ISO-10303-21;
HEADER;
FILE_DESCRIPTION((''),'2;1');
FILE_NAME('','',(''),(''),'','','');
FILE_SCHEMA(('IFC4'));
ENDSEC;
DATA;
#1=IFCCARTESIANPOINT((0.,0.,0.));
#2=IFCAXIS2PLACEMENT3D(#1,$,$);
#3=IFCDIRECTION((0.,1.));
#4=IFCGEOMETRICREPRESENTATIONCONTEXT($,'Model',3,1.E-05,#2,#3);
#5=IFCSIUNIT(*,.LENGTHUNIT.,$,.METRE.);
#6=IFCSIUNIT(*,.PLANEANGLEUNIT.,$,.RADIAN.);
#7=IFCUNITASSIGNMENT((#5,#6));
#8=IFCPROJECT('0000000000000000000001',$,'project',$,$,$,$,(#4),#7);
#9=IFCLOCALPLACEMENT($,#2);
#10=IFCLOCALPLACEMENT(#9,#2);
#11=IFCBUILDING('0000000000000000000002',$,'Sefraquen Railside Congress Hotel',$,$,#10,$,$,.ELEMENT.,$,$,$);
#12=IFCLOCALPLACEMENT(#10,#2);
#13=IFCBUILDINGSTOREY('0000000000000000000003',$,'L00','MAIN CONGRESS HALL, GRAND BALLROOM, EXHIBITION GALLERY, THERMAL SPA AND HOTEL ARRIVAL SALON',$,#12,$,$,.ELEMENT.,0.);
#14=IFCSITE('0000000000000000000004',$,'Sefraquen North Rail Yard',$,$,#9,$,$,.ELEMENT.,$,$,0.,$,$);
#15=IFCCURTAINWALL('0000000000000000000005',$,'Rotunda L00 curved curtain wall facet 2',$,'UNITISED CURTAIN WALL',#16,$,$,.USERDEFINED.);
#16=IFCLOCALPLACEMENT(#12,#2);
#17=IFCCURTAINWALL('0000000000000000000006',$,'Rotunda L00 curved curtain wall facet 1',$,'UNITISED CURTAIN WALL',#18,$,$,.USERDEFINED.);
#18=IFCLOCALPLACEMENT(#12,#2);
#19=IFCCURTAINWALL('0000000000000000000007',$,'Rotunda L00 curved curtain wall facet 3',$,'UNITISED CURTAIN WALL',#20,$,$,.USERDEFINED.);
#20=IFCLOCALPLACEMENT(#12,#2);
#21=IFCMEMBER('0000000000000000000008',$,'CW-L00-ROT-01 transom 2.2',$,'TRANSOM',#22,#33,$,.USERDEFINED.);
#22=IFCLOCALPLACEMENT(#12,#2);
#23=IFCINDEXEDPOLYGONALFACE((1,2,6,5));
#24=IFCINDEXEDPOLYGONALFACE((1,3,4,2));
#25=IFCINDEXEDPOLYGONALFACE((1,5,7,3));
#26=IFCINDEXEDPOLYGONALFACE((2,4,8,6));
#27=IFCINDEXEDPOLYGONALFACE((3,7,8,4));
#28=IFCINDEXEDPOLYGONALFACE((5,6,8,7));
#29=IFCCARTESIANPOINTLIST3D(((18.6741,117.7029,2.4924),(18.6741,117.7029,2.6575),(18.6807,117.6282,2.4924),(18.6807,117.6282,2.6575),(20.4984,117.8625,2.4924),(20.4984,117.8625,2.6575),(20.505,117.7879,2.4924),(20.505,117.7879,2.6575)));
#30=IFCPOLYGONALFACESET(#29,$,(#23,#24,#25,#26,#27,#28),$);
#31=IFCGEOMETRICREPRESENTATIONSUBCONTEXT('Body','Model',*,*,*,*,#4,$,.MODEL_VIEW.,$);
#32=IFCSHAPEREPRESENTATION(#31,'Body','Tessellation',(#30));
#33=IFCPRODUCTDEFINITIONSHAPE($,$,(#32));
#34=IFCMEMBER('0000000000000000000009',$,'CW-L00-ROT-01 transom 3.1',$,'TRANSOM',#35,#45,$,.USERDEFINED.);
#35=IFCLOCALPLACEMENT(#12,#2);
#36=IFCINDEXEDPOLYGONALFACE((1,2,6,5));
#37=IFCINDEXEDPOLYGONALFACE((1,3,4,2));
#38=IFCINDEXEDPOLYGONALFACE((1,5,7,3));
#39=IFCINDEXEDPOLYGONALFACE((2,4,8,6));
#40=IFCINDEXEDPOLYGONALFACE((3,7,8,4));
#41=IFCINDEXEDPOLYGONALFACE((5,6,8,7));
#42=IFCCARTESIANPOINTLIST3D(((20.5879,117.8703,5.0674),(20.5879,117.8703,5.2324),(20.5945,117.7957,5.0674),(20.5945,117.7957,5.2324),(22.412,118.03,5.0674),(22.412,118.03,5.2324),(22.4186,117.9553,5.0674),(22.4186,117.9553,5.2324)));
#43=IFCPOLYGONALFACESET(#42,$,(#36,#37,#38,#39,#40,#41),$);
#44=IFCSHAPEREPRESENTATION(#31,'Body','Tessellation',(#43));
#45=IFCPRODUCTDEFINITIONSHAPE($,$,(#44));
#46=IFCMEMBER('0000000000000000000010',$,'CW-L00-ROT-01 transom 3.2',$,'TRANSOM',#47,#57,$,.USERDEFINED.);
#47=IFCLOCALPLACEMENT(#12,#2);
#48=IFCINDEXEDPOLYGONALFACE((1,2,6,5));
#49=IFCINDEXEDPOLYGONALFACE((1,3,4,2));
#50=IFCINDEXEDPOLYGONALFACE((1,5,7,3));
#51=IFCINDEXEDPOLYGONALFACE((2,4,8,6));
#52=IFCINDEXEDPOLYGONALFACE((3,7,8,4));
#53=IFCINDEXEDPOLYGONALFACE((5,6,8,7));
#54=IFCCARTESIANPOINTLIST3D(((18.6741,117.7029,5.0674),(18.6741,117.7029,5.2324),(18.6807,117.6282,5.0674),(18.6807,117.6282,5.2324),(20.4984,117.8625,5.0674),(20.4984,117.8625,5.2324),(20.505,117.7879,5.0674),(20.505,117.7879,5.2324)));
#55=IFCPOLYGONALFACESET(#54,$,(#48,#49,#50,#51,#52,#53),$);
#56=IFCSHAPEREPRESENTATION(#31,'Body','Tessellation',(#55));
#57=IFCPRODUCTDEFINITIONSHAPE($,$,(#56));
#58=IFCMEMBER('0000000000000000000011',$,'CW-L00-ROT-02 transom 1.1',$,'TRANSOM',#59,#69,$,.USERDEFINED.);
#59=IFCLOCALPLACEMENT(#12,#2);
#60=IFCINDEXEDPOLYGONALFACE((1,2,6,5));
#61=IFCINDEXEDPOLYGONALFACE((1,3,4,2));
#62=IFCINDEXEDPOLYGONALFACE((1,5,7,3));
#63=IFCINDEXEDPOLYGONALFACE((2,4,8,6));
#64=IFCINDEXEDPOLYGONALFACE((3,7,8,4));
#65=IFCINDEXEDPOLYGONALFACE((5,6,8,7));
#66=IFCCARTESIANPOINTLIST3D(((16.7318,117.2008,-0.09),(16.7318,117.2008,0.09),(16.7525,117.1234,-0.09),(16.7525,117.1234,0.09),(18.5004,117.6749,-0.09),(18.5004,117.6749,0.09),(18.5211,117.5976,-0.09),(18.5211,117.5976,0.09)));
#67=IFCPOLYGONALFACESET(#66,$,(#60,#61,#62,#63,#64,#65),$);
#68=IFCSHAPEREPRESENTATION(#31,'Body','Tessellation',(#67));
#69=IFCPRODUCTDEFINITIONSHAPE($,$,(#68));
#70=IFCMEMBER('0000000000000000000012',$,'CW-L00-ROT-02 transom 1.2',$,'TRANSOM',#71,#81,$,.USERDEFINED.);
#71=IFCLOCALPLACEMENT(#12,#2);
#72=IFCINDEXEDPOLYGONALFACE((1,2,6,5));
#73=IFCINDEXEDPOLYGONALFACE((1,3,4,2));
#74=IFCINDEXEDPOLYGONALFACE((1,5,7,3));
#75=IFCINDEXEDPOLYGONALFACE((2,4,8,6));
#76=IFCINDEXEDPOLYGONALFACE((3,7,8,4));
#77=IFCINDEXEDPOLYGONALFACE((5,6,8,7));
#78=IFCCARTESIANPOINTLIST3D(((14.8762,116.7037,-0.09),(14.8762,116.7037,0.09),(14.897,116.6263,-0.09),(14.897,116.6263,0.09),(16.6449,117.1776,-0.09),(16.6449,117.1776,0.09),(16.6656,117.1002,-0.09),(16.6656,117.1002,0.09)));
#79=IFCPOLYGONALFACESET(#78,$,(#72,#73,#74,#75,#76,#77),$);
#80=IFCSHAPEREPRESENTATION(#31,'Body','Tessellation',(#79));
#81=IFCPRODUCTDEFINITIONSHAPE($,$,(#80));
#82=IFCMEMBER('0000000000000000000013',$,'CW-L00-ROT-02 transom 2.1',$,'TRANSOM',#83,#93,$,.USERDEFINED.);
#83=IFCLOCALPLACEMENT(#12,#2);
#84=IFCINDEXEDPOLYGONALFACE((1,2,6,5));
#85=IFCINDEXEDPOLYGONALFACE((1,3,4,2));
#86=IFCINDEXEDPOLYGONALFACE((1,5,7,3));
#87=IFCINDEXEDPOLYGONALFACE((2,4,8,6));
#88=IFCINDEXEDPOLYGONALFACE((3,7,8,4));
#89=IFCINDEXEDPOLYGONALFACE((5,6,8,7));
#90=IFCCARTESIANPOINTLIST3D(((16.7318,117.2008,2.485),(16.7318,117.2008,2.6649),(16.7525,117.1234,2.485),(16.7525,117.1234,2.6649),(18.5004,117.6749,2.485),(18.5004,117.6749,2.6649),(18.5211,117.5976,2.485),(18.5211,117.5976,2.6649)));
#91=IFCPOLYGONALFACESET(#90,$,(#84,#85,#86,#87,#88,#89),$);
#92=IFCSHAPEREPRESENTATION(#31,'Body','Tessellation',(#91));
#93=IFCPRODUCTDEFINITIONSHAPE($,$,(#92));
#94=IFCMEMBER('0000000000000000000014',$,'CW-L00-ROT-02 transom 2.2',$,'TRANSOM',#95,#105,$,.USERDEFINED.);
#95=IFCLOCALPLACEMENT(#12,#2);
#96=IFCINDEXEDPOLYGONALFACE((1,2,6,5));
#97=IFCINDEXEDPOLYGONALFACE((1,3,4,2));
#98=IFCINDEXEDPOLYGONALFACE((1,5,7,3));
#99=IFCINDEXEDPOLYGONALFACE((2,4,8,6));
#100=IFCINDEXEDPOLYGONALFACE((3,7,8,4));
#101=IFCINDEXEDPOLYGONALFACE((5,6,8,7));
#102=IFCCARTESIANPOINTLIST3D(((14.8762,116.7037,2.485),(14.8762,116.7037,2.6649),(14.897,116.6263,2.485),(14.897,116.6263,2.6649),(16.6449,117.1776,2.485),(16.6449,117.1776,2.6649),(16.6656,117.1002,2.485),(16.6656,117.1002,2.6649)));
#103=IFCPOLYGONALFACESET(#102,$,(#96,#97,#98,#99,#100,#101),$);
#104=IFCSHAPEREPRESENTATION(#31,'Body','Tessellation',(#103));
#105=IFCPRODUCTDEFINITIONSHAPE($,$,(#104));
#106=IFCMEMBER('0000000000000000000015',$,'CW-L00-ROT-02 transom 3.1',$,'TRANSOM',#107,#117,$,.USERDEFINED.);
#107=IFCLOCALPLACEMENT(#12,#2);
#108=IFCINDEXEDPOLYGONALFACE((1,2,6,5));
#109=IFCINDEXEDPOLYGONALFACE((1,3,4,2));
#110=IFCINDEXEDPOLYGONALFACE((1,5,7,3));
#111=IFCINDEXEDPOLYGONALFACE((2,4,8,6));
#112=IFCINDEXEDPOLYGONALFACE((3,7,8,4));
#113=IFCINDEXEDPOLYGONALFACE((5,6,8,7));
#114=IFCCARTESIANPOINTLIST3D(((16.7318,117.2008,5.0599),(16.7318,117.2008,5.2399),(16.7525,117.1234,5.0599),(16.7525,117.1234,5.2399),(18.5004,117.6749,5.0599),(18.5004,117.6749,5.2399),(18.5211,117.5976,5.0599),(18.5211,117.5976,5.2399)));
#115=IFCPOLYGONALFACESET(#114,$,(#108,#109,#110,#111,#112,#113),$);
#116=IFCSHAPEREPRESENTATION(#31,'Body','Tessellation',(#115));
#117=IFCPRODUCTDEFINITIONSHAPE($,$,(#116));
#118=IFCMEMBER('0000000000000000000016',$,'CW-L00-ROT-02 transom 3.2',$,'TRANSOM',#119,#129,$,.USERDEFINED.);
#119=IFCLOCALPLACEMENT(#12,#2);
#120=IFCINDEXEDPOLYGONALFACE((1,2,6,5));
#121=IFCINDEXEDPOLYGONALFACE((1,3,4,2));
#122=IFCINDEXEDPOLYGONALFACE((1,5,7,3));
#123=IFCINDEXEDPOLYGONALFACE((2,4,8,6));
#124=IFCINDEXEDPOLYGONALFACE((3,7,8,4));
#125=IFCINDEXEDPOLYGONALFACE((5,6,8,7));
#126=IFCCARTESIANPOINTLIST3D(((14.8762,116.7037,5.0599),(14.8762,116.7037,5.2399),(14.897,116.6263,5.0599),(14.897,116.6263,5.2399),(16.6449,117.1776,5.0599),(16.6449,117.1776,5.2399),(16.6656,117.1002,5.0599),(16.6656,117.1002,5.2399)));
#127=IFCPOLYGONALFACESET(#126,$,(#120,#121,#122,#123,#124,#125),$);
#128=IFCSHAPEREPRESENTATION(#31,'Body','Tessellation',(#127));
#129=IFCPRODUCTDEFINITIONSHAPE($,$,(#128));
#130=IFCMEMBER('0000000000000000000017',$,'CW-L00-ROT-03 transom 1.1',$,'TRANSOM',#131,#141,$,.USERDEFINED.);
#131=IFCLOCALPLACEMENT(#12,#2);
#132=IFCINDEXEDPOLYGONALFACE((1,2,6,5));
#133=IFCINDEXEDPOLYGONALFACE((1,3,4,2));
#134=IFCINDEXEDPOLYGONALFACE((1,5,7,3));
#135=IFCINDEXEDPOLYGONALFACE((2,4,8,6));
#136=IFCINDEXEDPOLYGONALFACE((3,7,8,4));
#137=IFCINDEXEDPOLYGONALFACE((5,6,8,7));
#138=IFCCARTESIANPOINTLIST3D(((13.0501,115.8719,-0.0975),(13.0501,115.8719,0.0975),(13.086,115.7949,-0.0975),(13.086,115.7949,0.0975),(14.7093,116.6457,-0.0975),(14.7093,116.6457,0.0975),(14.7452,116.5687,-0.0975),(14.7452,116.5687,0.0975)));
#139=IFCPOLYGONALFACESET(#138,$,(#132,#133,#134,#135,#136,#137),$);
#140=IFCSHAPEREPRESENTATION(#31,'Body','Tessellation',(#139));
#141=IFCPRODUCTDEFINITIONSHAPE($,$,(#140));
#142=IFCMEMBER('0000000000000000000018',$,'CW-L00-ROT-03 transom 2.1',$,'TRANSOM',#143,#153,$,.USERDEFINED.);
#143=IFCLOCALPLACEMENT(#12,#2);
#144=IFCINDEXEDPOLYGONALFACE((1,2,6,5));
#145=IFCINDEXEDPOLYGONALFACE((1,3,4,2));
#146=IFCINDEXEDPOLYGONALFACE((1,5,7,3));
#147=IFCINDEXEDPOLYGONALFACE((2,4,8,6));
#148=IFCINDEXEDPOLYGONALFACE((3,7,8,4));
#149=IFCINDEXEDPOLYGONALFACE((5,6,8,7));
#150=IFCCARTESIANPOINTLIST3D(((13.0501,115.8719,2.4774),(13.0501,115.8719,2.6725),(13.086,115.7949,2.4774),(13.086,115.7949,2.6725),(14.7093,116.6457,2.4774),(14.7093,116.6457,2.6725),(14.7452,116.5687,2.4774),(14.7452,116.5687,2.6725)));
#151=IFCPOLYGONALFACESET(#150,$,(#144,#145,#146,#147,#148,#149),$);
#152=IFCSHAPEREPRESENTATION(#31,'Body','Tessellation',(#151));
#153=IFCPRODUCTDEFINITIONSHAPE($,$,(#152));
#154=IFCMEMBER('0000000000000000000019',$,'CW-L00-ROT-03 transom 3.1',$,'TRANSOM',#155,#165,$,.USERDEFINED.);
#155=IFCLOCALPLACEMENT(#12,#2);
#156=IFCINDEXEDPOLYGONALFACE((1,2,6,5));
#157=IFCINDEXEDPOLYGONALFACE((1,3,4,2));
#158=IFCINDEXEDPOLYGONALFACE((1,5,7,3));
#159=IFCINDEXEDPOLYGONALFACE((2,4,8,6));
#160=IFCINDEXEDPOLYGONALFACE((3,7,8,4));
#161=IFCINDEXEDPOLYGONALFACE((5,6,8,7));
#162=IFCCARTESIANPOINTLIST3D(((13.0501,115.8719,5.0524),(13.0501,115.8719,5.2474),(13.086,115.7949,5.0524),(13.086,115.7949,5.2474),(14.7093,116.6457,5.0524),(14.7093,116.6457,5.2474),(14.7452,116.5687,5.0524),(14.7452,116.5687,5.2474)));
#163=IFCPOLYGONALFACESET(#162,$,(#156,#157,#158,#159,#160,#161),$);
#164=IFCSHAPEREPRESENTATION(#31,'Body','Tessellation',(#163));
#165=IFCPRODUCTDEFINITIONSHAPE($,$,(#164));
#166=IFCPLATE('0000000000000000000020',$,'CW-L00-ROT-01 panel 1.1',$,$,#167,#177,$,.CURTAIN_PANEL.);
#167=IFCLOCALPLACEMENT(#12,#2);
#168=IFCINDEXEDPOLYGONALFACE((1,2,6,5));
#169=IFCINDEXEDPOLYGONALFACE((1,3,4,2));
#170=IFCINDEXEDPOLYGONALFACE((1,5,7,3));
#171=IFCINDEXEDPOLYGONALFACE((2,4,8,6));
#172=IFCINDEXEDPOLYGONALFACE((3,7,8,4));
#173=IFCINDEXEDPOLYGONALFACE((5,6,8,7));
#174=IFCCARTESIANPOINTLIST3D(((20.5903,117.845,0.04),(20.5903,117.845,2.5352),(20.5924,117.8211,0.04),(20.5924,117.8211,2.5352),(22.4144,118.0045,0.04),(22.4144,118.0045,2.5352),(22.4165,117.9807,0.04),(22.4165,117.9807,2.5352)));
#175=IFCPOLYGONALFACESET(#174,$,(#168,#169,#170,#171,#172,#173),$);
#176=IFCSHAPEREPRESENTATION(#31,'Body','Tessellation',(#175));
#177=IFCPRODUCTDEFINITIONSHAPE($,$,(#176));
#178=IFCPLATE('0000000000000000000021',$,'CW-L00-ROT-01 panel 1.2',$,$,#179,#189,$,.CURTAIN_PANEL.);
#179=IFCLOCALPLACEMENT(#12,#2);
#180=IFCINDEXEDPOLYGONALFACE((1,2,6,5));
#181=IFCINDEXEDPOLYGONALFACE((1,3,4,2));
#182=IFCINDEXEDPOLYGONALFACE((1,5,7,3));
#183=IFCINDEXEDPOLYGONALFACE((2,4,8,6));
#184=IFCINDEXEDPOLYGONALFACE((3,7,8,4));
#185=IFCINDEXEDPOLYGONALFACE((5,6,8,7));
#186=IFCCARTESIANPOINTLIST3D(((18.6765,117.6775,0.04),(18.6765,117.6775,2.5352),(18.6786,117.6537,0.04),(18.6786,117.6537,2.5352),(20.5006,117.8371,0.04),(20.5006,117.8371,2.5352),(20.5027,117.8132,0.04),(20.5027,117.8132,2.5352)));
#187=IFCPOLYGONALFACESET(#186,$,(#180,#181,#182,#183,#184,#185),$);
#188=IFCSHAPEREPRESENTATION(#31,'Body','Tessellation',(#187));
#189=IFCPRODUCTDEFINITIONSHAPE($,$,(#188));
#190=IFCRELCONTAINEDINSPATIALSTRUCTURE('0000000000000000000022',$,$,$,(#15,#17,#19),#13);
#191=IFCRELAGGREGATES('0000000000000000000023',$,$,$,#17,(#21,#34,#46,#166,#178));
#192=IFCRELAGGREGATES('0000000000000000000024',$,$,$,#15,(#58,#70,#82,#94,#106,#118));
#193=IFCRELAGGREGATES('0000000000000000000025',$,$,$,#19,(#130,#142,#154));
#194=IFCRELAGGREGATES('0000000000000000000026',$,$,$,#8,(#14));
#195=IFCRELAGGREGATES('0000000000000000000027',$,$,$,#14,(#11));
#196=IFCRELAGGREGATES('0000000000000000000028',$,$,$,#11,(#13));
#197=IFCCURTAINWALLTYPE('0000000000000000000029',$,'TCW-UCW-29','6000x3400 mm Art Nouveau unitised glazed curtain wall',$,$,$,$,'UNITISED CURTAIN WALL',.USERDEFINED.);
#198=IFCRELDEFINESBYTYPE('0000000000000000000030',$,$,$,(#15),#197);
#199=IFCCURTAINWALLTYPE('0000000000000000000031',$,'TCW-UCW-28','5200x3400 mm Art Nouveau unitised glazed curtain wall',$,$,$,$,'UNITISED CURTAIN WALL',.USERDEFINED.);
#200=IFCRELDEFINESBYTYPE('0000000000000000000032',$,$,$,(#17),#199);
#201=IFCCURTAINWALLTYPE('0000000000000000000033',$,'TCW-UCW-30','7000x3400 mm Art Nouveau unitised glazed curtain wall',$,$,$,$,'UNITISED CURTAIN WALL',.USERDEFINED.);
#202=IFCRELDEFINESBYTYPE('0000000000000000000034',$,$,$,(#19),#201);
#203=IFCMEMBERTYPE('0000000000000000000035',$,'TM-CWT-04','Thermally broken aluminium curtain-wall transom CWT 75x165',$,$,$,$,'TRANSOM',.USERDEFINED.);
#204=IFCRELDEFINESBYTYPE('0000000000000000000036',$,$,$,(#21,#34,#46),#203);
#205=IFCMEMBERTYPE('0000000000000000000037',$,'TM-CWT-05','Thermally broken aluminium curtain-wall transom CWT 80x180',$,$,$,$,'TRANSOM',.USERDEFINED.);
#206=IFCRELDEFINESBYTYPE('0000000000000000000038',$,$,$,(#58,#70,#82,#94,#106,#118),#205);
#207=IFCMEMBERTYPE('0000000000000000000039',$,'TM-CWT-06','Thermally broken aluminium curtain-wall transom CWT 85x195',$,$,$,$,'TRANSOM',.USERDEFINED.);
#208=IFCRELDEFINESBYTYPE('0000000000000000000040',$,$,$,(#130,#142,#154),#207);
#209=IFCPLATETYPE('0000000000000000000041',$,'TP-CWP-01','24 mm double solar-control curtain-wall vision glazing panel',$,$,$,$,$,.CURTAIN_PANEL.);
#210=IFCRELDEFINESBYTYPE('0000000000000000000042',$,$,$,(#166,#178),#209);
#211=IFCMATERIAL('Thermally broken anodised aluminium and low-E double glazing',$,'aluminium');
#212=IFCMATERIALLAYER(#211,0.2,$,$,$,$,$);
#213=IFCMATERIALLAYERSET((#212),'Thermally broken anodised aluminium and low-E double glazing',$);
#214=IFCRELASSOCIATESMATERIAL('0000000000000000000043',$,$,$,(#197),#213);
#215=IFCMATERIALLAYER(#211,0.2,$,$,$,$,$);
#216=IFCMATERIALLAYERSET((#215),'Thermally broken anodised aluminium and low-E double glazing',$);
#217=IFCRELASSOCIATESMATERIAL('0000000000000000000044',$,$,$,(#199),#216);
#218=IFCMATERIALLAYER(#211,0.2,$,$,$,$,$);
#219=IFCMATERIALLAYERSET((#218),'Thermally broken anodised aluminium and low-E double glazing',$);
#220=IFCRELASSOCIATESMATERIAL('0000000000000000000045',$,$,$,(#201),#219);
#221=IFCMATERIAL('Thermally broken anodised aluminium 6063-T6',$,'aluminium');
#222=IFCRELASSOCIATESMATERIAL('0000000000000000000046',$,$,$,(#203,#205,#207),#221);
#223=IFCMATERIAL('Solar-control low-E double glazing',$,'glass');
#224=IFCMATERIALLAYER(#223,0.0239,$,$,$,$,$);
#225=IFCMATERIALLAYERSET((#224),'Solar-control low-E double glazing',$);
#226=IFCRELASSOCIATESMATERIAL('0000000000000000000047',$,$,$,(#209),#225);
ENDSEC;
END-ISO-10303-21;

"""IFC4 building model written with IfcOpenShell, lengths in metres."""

from ifc_helpers import new_model, si_unit, direction, frame, origin, origin_2d, place, context, subcontext, project, spatial, rectangle, extrude, material, layer, layer_set, material_profile, profile_set, type_object, element, aggregate, save


model = new_model("IFC4")

# Units and contexts
model_context = context("Model", 3, precision=1e-05, world=origin(), true_north=direction((0.0, 1.0)))
body_context = subcontext(model_context, "Body", "Model", "MODEL_VIEW")
ifc_project = project(units=[si_unit("LENGTHUNIT", "METRE"), si_unit("PLANEANGLEUNIT", "RADIAN")], contexts=[model_context])

# Site, building, storey
site_placement = place(None, origin())
site = spatial("IfcSite", under=ifc_project, at=site_placement, Name="Sefraquen North Rail Yard", CompositionType="ELEMENT", RefElevation=0.0)
building_placement = place(site_placement, origin())
building = spatial("IfcBuilding", under=site, at=building_placement, Name="Sefraquen Railside Congress Hotel", CompositionType="ELEMENT")
storey_placement = place(building_placement, origin())
storey = spatial("IfcBuildingStorey", under=building, at=storey_placement, Name="L00", Description="MAIN CONGRESS HALL, GRAND BALLROOM, EXHIBITION GALLERY, THERMAL SPA AND HOTEL ARRIVAL SALON", CompositionType="ELEMENT", Elevation=0.0)

# Curtain wall
ifc_material_1 = material(Name="Thermally broken anodised aluminium and low-E double glazing", Category="aluminium")
ifc_layer_1 = layer(ifc_material_1, 0.2)
ifc_layer_set_1 = layer_set([ifc_layer_1], Name="Thermally broken anodised aluminium and low-E double glazing")
curtain_wall_type_1 = type_object("IfcCurtainWallType", Name="TCW-UCW-29", Description="6000x3400 mm Art Nouveau unitised glazed curtain wall", ElementType="UNITISED CURTAIN WALL", PredefinedType="USERDEFINED", material=ifc_layer_set_1)
curtain_wall_1_placement = place(storey_placement, origin())
curtain_wall_1 = element("IfcCurtainWall", 1, at=curtain_wall_1_placement, inside=storey, type_object=curtain_wall_type_1, Name="Rotunda L00 curved curtain wall facet 2", ObjectType="UNITISED CURTAIN WALL", PredefinedType="USERDEFINED")
ifc_material_2 = material(Name="Thermally broken anodised aluminium 6063-T6", Category="aluminium")

# Curtain wall
ifc_layer_2 = layer(ifc_material_1, 0.2)
ifc_layer_set_2 = layer_set([ifc_layer_2], Name="Thermally broken anodised aluminium and low-E double glazing")
curtain_wall_type_2 = type_object("IfcCurtainWallType", Name="TCW-UCW-28", Description="5200x3400 mm Art Nouveau unitised glazed curtain wall", ElementType="UNITISED CURTAIN WALL", PredefinedType="USERDEFINED", material=ifc_layer_set_2)
curtain_wall_2_placement = place(storey_placement, origin())
curtain_wall_2 = element("IfcCurtainWall", 2, at=curtain_wall_2_placement, inside=storey, type_object=curtain_wall_type_2, Name="Rotunda L00 curved curtain wall facet 1", ObjectType="UNITISED CURTAIN WALL", PredefinedType="USERDEFINED")

# Curtain wall
ifc_layer_3 = layer(ifc_material_1, 0.2)
ifc_layer_set_3 = layer_set([ifc_layer_3], Name="Thermally broken anodised aluminium and low-E double glazing")
curtain_wall_type_3 = type_object("IfcCurtainWallType", Name="TCW-UCW-30", Description="7000x3400 mm Art Nouveau unitised glazed curtain wall", ElementType="UNITISED CURTAIN WALL", PredefinedType="USERDEFINED", material=ifc_layer_set_3)
curtain_wall_3_placement = place(storey_placement, origin())
curtain_wall_3 = element("IfcCurtainWall", 3, at=curtain_wall_3_placement, inside=storey, type_object=curtain_wall_type_3, Name="Rotunda L00 curved curtain wall facet 3", ObjectType="UNITISED CURTAIN WALL", PredefinedType="USERDEFINED")

# Members
ifc_material_profile_1 = material_profile(ifc_material_2, rectangle(XDim=0.075, YDim=0.165, at=origin_2d()), Name="CWT 75x165")
ifc_profile_set_1 = profile_set([ifc_material_profile_1], Name="Thermally broken anodised aluminium 6063-T6")
member_type_1 = type_object("IfcMemberType", Name="TM-CWT-04", Description="Thermally broken aluminium curtain-wall transom CWT 75x165", ElementType="TRANSOM", PredefinedType="USERDEFINED", material=ifc_profile_set_1)
member_1_placement = place(storey_placement, frame((20.5017, 117.8252, 2.575), z_axis=(-0.996191, -0.087193, 0.0), x_axis=(0.087193, -0.996191, 0.0)))
member_1 = element("IfcMember", 4, at=member_1_placement, type_object=member_type_1, Name="CW-L00-ROT-01 transom 2.2", ObjectType="TRANSOM", PredefinedType="USERDEFINED", context=body_context, shape_type="SweptSolid", body=[
    extrude(rectangle(XDim=0.075, YDim=0.165, at=origin_2d()), origin(), (0.0, 0.0, 1.0), 1.8313),
])
member_2_placement = place(storey_placement, frame((22.4153, 117.9927, 5.1499), z_axis=(-0.99619, -0.087205, 0.0), x_axis=(0.087205, -0.99619, 0.0)))
member_2 = element("IfcMember", 5, at=member_2_placement, type_object=member_type_1, Name="CW-L00-ROT-01 transom 3.1", ObjectType="TRANSOM", PredefinedType="USERDEFINED", context=body_context, shape_type="SweptSolid", body=[
    extrude(rectangle(XDim=0.075, YDim=0.165, at=origin_2d()), origin(), (0.0, 0.0, 1.0), 1.8311),
])
member_3_placement = place(storey_placement, frame((20.5017, 117.8252, 5.1499), z_axis=(-0.996191, -0.087193, 0.0), x_axis=(0.087193, -0.996191, 0.0)))
member_3 = element("IfcMember", 6, at=member_3_placement, type_object=member_type_1, Name="CW-L00-ROT-01 transom 3.2", ObjectType="TRANSOM", PredefinedType="USERDEFINED", context=body_context, shape_type="SweptSolid", body=[
    extrude(rectangle(XDim=0.075, YDim=0.165, at=origin_2d()), origin(), (0.0, 0.0, 1.0), 1.8313),
])
ifc_material_profile_2 = material_profile(ifc_material_2, rectangle(XDim=0.0801, YDim=0.1799, at=origin_2d()), Name="CWT 80x180")
ifc_profile_set_2 = profile_set([ifc_material_profile_2], Name="Thermally broken anodised aluminium 6063-T6")
member_type_2 = type_object("IfcMemberType", Name="TM-CWT-05", Description="Thermally broken aluminium curtain-wall transom CWT 80x180", ElementType="TRANSOM", PredefinedType="USERDEFINED", material=ifc_profile_set_2)
member_4_placement = place(storey_placement, frame((18.5107, 117.6362, 0.0), z_axis=(-0.965893, -0.25894, 0.0), x_axis=(0.25894, -0.965893, 0.0)))
member_4 = element("IfcMember", 7, at=member_4_placement, type_object=member_type_2, Name="CW-L00-ROT-02 transom 1.1", ObjectType="TRANSOM", PredefinedType="USERDEFINED", context=body_context, shape_type="SweptSolid", body=[
    extrude(rectangle(XDim=0.0801, YDim=0.1799, at=origin_2d()), origin(), (0.0, 0.0, 1.0), 1.8311),
])
member_5_placement = place(storey_placement, frame((16.6553, 117.1389, 0.0), z_axis=(-0.965927, -0.258816, 0.0), x_axis=(0.258816, -0.965927, 0.0)))
member_5 = element("IfcMember", 8, at=member_5_placement, type_object=member_type_2, Name="CW-L00-ROT-02 transom 1.2", ObjectType="TRANSOM", PredefinedType="USERDEFINED", context=body_context, shape_type="SweptSolid", body=[
    extrude(rectangle(XDim=0.0801, YDim=0.1799, at=origin_2d()), origin(), (0.0, 0.0, 1.0), 1.8311),
])
member_6_placement = place(storey_placement, frame((18.5107, 117.6362, 2.575), z_axis=(-0.965893, -0.25894, 0.0), x_axis=(0.25894, -0.965893, 0.0)))
member_6 = element("IfcMember", 9, at=member_6_placement, type_object=member_type_2, Name="CW-L00-ROT-02 transom 2.1", ObjectType="TRANSOM", PredefinedType="USERDEFINED", context=body_context, shape_type="SweptSolid", body=[
    extrude(rectangle(XDim=0.0801, YDim=0.1799, at=origin_2d()), origin(), (0.0, 0.0, 1.0), 1.8311),
])
member_7_placement = place(storey_placement, frame((16.6553, 117.1389, 2.575), z_axis=(-0.965927, -0.258816, 0.0), x_axis=(0.258816, -0.965927, 0.0)))
member_7 = element("IfcMember", 10, at=member_7_placement, type_object=member_type_2, Name="CW-L00-ROT-02 transom 2.2", ObjectType="TRANSOM", PredefinedType="USERDEFINED", context=body_context, shape_type="SweptSolid", body=[
    extrude(rectangle(XDim=0.0801, YDim=0.1799, at=origin_2d()), origin(), (0.0, 0.0, 1.0), 1.8311),
])
member_8_placement = place(storey_placement, frame((18.5107, 117.6362, 5.1499), z_axis=(-0.965893, -0.25894, 0.0), x_axis=(0.25894, -0.965893, 0.0)))
member_8 = element("IfcMember", 11, at=member_8_placement, type_object=member_type_2, Name="CW-L00-ROT-02 transom 3.1", ObjectType="TRANSOM", PredefinedType="USERDEFINED", context=body_context, shape_type="SweptSolid", body=[
    extrude(rectangle(XDim=0.0801, YDim=0.1799, at=origin_2d()), origin(), (0.0, 0.0, 1.0), 1.8311),
])
member_9_placement = place(storey_placement, frame((16.6553, 117.1389, 5.1499), z_axis=(-0.965927, -0.258816, 0.0), x_axis=(0.258816, -0.965927, 0.0)))
member_9 = element("IfcMember", 12, at=member_9_placement, type_object=member_type_2, Name="CW-L00-ROT-02 transom 3.2", ObjectType="TRANSOM", PredefinedType="USERDEFINED", context=body_context, shape_type="SweptSolid", body=[
    extrude(rectangle(XDim=0.0801, YDim=0.1799, at=origin_2d()), origin(), (0.0, 0.0, 1.0), 1.8311),
])
ifc_material_profile_3 = material_profile(ifc_material_2, rectangle(XDim=0.085, YDim=0.1951, at=origin_2d()), Name="CWT 85x195")
ifc_profile_set_3 = profile_set([ifc_material_profile_3], Name="Thermally broken anodised aluminium 6063-T6")
member_type_3 = type_object("IfcMemberType", Name="TM-CWT-06", Description="Thermally broken aluminium curtain-wall transom CWT 85x195", ElementType="TRANSOM", PredefinedType="USERDEFINED", material=ifc_profile_set_3)
member_10_placement = place(storey_placement, frame((14.7273, 116.6072, 0.0), z_axis=(-0.906309, -0.422615, 0.0), x_axis=(0.422615, -0.906309, 0.0)))
member_10 = element("IfcMember", 13, at=member_10_placement, type_object=member_type_3, Name="CW-L00-ROT-03 transom 1.1", ObjectType="TRANSOM", PredefinedType="USERDEFINED", context=body_context, shape_type="SweptSolid", body=[
    extrude(rectangle(XDim=0.085, YDim=0.1951, at=origin_2d()), origin(), (0.0, 0.0, 1.0), 1.8308),
])
member_11_placement = place(storey_placement, frame((14.7273, 116.6072, 2.575), z_axis=(-0.906309, -0.422615, 0.0), x_axis=(0.422615, -0.906309, 0.0)))
member_11 = element("IfcMember", 14, at=member_11_placement, type_object=member_type_3, Name="CW-L00-ROT-03 transom 2.1", ObjectType="TRANSOM", PredefinedType="USERDEFINED", context=body_context, shape_type="SweptSolid", body=[
    extrude(rectangle(XDim=0.085, YDim=0.1951, at=origin_2d()), origin(), (0.0, 0.0, 1.0), 1.8308),
])
member_12_placement = place(storey_placement, frame((14.7273, 116.6072, 5.1499), z_axis=(-0.906309, -0.422615, 0.0), x_axis=(0.422615, -0.906309, 0.0)))
member_12 = element("IfcMember", 15, at=member_12_placement, type_object=member_type_3, Name="CW-L00-ROT-03 transom 3.1", ObjectType="TRANSOM", PredefinedType="USERDEFINED", context=body_context, shape_type="SweptSolid", body=[
    extrude(rectangle(XDim=0.085, YDim=0.1951, at=origin_2d()), origin(), (0.0, 0.0, 1.0), 1.8308),
])

# Plates
ifc_material_3 = material(Name="Solar-control low-E double glazing", Category="glass")
ifc_layer_4 = layer(ifc_material_3, 0.0239)
ifc_layer_set_4 = layer_set([ifc_layer_4], Name="Solar-control low-E double glazing")
plate_type_1 = type_object("IfcPlateType", Name="TP-CWP-01", Description="24 mm double solar-control curtain-wall vision glazing panel", PredefinedType="CURTAIN_PANEL", material=ifc_layer_set_4)
plate_1_placement = place(storey_placement, frame((21.5034, 117.9128, 0.04), z_axis=(0.0, 0.0, 1.0), x_axis=(-0.996196, -0.087138, 0.0)))
plate_1 = element("IfcPlate", 16, at=plate_1_placement, type_object=plate_type_1, Name="CW-L00-ROT-01 panel 1.1", PredefinedType="CURTAIN_PANEL", context=body_context, shape_type="SweptSolid", body=[
    extrude(rectangle(XDim=1.8311, YDim=0.0239, at=origin_2d()), origin(), (0.0, 0.0, 1.0), 2.4951),
])
plate_2_placement = place(storey_placement, frame((19.5896, 117.7454, 0.04), z_axis=(0.0, 0.0, 1.0), x_axis=(-0.996196, -0.087138, 0.0)))
plate_2 = element("IfcPlate", 17, at=plate_2_placement, type_object=plate_type_1, Name="CW-L00-ROT-01 panel 1.2", PredefinedType="CURTAIN_PANEL", context=body_context, shape_type="SweptSolid", body=[
    extrude(rectangle(XDim=1.8311, YDim=0.0239, at=origin_2d()), origin(), (0.0, 0.0, 1.0), 2.4951),
])
aggregate(curtain_wall_2, [member_1, member_2, member_3, plate_1, plate_2])
aggregate(curtain_wall_1, [member_4, member_5, member_6, member_7, member_8, member_9])
aggregate(curtain_wall_3, [member_10, member_11, member_12])

save(model, "model.ifc")
